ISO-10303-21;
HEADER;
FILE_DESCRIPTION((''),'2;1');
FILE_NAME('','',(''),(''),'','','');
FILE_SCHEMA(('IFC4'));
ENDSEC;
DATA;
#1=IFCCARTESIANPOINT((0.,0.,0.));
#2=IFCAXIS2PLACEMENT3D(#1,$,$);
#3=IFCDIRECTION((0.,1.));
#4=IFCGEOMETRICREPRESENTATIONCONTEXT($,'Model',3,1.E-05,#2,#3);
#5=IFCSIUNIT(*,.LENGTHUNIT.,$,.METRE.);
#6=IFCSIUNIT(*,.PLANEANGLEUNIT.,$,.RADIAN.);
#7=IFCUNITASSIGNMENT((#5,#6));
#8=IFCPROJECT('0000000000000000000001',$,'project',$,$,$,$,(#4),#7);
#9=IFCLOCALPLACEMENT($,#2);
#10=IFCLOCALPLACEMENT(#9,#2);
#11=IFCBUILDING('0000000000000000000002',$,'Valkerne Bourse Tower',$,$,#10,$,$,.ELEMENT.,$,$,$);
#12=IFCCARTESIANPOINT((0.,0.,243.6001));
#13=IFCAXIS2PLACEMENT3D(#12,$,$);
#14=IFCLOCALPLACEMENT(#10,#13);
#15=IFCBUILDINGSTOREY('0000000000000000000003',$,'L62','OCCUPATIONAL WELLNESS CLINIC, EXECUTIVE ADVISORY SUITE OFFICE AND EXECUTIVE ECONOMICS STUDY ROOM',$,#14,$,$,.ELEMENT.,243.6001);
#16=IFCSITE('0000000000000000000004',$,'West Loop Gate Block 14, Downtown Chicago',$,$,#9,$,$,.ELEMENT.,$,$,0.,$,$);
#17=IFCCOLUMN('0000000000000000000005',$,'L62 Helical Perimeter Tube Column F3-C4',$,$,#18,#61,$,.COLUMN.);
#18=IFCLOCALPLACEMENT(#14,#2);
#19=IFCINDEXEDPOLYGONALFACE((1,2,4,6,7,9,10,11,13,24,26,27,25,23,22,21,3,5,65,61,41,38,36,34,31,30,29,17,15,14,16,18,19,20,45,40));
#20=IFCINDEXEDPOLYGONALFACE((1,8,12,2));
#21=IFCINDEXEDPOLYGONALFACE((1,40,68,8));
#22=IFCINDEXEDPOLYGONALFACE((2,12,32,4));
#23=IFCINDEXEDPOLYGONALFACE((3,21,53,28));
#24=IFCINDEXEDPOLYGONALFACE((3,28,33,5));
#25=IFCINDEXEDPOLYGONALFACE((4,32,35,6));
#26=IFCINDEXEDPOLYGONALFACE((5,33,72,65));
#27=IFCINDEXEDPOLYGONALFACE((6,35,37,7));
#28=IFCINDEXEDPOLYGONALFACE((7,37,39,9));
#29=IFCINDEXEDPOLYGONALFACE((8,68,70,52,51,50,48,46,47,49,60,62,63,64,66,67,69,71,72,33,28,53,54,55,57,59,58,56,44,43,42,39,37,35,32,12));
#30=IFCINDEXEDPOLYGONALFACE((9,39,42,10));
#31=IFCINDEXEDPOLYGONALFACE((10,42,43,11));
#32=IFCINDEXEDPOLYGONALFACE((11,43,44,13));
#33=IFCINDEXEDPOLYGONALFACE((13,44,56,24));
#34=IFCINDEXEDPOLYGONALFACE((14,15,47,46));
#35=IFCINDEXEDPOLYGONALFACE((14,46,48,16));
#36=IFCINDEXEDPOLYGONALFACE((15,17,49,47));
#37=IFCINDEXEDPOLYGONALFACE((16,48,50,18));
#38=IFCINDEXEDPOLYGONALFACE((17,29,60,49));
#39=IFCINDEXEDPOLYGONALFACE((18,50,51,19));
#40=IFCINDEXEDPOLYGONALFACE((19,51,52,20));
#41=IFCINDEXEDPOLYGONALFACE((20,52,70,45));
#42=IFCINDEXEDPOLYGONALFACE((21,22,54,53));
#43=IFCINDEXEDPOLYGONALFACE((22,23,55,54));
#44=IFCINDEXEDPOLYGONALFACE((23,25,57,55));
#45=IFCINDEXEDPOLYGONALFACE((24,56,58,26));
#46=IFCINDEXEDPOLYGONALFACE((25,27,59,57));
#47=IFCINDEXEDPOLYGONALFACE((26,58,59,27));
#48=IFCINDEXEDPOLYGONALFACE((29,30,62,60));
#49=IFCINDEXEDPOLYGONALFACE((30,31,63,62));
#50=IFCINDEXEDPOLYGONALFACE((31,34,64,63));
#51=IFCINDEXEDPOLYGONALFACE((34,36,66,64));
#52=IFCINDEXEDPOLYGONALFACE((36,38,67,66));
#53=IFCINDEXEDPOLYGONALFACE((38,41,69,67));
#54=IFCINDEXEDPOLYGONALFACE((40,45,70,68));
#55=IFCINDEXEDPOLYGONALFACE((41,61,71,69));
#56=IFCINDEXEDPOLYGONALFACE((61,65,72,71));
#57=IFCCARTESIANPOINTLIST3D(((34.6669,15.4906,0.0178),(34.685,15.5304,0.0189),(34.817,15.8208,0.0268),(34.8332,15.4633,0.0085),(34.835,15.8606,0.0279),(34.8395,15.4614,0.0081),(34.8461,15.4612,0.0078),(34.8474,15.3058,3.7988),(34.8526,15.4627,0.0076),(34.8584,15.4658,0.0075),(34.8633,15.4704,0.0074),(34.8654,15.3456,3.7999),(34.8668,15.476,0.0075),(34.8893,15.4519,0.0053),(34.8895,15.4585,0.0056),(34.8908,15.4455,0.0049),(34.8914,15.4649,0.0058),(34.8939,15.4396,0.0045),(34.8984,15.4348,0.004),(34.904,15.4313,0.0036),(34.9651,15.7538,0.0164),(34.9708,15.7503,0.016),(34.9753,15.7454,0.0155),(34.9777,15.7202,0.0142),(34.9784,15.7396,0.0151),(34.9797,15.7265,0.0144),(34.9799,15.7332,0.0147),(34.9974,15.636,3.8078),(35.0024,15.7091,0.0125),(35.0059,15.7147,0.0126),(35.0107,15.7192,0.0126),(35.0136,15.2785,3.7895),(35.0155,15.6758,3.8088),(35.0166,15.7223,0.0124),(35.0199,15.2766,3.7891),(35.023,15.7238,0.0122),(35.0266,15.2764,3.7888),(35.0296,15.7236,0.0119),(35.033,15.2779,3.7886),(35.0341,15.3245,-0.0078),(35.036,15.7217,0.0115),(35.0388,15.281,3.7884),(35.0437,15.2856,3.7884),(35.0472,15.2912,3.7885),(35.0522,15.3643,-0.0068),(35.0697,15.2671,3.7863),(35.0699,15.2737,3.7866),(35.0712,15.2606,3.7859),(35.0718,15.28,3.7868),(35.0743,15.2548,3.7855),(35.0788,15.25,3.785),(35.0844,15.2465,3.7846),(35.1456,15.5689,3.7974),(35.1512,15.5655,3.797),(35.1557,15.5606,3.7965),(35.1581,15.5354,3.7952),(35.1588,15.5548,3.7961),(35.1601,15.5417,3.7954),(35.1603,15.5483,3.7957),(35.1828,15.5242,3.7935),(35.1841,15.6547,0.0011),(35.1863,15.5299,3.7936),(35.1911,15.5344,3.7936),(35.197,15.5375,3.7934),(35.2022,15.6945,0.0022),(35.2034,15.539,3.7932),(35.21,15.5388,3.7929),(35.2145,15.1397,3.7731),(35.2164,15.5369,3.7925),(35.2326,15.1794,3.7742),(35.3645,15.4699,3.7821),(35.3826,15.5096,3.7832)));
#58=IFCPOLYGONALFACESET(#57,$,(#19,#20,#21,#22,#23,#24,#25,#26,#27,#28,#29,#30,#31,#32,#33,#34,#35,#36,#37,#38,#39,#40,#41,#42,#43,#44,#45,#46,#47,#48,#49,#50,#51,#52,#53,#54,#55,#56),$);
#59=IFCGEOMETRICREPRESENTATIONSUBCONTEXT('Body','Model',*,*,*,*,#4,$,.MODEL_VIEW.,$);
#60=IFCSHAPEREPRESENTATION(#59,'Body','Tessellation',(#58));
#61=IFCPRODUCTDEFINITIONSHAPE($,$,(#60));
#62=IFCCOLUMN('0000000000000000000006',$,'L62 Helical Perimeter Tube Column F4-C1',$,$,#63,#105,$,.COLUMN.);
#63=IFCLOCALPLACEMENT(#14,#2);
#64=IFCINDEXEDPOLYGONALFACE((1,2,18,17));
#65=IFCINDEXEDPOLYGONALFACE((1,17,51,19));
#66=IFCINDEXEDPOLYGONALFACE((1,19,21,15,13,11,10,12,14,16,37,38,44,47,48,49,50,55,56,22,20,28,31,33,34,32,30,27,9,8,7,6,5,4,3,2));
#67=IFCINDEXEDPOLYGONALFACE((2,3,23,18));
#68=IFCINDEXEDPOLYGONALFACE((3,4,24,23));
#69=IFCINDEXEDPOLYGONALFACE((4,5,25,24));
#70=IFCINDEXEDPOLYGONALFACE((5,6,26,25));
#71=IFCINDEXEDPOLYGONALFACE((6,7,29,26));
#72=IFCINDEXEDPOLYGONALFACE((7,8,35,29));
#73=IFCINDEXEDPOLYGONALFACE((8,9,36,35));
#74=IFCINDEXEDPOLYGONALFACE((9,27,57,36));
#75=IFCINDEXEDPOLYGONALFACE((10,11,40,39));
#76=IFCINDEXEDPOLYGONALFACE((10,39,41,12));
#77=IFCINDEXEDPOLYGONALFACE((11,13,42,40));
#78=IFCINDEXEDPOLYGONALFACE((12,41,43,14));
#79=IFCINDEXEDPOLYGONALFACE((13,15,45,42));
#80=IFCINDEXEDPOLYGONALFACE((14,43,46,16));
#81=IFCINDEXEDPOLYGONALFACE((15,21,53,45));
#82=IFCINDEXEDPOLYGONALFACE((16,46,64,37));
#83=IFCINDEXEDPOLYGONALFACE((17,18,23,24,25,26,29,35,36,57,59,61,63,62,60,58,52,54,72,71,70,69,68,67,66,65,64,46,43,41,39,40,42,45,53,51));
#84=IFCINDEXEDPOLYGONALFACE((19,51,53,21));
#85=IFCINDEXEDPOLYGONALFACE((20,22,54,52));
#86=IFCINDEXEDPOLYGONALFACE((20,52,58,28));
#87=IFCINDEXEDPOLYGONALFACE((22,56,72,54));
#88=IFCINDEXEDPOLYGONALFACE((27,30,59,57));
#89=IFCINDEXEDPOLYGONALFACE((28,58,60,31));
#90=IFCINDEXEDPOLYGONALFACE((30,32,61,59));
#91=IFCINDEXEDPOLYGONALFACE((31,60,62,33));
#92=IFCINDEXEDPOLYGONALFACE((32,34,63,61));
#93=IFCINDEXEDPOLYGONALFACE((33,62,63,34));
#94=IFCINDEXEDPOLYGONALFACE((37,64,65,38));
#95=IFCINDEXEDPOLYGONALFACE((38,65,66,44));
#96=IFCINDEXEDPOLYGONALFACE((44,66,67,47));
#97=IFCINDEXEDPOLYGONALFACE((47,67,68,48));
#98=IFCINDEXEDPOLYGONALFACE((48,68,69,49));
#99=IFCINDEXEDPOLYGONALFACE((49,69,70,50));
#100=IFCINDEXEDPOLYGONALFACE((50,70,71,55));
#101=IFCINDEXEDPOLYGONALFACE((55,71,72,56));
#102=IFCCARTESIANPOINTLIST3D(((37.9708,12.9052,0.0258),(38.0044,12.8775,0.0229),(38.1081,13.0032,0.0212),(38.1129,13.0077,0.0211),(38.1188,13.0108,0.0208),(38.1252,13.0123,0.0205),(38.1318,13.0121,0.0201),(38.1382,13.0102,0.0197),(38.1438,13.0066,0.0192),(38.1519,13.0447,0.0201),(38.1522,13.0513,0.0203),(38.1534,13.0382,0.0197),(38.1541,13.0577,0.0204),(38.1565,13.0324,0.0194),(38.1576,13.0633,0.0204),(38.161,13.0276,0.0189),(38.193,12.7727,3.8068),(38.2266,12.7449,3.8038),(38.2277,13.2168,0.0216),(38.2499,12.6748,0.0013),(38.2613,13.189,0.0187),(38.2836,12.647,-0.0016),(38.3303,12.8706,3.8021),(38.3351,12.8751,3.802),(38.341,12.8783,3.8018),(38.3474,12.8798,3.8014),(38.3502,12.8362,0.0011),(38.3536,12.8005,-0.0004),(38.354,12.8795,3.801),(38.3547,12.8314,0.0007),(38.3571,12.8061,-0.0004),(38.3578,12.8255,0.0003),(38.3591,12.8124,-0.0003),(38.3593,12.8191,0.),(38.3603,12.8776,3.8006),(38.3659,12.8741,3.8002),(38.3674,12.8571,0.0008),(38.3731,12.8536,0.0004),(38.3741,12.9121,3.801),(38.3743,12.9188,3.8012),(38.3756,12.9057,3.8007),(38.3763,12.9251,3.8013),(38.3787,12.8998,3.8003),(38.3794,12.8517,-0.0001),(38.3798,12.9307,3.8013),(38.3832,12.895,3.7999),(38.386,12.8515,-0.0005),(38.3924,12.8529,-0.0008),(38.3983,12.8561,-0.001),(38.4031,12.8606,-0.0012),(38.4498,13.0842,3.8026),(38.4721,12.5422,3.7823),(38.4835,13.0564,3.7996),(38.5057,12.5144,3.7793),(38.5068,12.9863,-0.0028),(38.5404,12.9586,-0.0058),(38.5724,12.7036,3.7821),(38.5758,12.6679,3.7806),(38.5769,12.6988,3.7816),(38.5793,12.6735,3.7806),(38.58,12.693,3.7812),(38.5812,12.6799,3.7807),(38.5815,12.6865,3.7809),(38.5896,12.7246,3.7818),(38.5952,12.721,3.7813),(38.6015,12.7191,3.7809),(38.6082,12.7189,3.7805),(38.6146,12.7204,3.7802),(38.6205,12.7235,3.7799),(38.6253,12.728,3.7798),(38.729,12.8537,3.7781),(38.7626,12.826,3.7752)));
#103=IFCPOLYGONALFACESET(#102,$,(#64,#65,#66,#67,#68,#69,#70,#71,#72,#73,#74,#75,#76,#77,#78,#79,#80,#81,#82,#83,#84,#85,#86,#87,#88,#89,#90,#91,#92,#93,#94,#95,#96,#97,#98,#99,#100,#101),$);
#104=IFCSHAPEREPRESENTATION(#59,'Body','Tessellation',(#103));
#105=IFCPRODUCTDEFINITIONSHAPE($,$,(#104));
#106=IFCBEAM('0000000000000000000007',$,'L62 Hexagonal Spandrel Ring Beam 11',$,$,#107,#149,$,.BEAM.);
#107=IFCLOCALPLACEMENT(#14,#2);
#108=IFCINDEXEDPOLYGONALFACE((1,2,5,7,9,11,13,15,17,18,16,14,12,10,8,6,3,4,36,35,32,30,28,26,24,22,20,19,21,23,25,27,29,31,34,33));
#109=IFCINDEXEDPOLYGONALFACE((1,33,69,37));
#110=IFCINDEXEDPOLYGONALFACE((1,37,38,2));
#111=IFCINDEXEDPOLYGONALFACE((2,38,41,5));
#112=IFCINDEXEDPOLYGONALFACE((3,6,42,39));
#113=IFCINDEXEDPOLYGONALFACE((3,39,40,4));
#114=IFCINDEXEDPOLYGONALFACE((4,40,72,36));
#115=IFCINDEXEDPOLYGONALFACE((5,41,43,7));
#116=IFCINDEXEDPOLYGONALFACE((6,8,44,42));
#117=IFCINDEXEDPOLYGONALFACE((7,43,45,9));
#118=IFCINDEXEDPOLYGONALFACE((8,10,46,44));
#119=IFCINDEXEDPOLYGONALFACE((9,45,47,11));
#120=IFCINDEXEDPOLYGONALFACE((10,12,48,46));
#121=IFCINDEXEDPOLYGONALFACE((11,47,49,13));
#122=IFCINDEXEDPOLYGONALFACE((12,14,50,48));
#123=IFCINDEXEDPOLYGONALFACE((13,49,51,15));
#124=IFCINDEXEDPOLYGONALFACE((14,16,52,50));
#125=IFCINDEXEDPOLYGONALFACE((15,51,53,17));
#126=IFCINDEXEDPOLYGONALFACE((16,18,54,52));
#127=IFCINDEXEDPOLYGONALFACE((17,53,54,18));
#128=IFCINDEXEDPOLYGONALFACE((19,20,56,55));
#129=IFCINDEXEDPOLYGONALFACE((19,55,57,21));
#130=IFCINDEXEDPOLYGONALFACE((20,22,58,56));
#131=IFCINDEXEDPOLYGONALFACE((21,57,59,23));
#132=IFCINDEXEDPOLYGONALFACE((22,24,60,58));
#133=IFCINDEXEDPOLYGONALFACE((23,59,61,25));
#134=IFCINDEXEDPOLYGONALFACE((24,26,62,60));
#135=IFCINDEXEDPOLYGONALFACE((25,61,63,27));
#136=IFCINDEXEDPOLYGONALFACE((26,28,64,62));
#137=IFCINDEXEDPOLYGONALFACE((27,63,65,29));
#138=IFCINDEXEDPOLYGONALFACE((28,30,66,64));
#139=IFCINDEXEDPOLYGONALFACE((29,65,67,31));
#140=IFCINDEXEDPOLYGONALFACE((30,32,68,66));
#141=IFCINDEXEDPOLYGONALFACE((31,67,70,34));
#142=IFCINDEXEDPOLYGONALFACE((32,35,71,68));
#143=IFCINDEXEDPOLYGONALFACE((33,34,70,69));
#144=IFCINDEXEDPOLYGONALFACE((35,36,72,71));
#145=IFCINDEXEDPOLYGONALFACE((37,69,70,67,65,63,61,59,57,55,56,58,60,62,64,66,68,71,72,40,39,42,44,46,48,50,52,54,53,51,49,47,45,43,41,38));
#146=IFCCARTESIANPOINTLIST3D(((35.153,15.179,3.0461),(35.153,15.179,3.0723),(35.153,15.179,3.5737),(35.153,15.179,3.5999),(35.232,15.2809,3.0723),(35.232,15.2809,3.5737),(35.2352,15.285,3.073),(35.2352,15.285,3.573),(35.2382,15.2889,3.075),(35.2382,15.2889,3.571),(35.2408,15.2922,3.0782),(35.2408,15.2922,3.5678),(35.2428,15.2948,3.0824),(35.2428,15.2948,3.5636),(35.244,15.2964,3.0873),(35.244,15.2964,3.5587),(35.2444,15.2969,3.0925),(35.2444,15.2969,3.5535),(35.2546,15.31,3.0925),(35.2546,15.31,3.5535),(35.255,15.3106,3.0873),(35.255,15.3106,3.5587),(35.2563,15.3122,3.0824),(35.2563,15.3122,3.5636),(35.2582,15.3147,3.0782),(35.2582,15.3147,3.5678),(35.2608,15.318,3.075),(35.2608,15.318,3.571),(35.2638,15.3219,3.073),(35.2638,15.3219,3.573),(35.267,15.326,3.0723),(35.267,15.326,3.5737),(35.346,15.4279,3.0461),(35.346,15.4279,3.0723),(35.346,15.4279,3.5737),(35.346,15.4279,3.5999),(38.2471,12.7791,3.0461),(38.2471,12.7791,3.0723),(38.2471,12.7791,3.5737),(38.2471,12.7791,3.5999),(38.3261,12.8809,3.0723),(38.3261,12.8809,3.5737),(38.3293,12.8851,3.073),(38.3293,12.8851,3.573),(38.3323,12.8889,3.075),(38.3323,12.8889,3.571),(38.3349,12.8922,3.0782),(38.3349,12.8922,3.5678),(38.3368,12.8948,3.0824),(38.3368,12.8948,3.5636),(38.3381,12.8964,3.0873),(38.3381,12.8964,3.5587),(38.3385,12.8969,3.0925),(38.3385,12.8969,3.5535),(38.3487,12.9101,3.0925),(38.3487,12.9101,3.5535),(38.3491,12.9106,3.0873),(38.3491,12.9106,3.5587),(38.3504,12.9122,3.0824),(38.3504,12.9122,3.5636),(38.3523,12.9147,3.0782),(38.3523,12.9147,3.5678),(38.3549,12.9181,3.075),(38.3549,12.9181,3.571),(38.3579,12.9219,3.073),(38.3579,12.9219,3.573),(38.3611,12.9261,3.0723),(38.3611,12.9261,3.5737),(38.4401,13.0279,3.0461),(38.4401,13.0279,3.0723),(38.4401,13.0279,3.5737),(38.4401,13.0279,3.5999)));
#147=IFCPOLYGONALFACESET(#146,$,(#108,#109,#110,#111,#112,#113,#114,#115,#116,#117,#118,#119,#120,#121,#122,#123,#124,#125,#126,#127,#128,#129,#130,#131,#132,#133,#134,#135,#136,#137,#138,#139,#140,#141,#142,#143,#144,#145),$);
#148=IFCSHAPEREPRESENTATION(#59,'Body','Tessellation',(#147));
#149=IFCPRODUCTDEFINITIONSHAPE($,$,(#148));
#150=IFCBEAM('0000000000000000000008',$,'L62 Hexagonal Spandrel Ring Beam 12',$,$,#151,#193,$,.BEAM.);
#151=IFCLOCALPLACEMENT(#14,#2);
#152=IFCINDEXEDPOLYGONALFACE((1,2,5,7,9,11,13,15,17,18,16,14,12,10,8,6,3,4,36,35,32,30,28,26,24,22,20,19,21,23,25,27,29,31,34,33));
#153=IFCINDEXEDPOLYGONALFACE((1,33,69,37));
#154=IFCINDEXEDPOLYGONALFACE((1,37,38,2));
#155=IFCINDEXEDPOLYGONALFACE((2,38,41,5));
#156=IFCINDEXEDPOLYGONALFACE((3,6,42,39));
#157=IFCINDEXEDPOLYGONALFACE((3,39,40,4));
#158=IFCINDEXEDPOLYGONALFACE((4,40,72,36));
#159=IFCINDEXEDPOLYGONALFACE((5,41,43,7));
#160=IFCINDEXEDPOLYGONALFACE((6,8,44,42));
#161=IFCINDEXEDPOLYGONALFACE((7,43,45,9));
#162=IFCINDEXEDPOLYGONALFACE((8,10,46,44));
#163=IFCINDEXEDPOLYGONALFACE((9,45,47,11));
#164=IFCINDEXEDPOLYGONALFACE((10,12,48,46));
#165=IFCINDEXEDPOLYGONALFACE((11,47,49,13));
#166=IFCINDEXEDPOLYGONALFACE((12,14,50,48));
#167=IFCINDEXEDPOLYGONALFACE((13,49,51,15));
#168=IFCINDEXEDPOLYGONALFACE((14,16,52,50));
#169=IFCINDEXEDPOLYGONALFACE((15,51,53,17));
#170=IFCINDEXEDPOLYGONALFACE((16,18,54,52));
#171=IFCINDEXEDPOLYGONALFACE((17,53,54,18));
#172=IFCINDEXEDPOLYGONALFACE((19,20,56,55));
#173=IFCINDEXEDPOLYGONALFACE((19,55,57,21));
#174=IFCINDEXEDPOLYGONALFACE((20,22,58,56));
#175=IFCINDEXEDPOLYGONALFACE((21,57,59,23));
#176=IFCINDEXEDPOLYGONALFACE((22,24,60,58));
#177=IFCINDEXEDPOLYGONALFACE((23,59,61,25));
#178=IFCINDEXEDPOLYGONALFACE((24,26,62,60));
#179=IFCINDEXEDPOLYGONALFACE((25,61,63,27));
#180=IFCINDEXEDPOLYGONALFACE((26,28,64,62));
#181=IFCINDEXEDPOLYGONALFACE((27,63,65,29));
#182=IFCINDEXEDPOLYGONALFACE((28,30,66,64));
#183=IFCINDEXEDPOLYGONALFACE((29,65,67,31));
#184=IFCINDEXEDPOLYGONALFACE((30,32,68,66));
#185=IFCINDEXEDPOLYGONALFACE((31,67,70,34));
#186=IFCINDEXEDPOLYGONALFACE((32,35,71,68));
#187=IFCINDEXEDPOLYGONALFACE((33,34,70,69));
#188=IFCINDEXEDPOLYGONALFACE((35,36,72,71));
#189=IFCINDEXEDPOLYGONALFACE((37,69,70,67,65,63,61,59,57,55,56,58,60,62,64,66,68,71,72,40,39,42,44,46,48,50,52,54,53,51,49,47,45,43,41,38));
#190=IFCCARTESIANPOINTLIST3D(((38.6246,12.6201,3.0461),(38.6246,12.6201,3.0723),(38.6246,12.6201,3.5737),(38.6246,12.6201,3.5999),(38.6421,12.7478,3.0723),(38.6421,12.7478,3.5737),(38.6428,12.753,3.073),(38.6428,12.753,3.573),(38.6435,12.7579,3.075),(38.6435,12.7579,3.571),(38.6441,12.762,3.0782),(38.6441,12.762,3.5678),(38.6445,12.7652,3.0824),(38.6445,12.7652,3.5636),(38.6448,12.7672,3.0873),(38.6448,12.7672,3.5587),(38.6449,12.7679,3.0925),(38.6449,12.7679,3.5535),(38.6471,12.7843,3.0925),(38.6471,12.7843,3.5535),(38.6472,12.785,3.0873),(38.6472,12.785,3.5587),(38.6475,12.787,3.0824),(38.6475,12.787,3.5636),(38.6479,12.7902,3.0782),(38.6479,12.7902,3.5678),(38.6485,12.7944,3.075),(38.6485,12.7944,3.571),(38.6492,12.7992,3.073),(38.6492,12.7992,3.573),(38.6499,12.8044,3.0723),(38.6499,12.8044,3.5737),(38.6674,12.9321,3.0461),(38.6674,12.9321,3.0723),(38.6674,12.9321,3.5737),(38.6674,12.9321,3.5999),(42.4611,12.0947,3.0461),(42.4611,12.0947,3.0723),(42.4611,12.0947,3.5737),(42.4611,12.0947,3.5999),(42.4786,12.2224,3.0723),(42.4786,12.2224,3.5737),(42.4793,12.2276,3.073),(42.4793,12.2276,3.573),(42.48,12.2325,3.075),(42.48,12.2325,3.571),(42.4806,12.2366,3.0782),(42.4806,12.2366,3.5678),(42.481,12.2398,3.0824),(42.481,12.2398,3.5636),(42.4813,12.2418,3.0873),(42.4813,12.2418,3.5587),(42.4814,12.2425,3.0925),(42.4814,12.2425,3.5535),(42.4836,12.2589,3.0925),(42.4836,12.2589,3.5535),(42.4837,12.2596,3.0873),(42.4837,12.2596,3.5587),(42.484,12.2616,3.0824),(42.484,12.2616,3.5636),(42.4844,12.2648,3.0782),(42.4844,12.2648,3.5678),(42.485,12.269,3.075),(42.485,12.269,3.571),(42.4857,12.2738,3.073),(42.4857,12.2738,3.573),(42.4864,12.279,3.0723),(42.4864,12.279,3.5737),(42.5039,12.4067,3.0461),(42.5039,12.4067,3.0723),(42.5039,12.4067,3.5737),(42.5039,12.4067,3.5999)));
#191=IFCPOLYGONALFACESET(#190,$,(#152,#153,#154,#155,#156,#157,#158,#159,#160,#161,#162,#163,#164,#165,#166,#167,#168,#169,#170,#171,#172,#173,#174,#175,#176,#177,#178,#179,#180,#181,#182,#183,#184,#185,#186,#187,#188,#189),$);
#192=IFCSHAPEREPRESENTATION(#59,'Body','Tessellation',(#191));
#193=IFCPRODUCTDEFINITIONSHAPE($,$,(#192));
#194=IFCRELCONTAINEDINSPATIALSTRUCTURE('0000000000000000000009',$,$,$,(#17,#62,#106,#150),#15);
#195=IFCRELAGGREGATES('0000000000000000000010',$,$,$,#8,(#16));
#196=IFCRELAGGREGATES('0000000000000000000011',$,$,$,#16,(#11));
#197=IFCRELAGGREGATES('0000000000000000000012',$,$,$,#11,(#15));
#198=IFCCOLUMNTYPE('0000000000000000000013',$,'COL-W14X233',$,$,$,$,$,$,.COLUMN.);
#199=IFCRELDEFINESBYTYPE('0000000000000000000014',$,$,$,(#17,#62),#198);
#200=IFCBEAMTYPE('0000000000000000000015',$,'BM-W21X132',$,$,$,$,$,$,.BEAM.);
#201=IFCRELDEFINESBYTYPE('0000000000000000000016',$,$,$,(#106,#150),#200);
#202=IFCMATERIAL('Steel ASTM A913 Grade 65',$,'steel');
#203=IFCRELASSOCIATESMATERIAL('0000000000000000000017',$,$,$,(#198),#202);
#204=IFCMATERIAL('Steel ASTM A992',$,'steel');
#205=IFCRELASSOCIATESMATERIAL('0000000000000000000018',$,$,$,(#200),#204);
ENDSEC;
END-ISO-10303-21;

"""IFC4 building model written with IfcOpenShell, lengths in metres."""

from ifc_helpers import new_model, si_unit, direction, frame, origin, origin_2d, place, context, subcontext, project, spatial, i_section, extrude, material, material_profile, profile_set, type_object, element, save


model = new_model("IFC4")

# Units and contexts
model_context = context("Model", 3, precision=1e-05, world=origin(), true_north=direction((0.0, 1.0)))
body_context = subcontext(model_context, "Body", "Model", "MODEL_VIEW")
ifc_project = project(units=[si_unit("LENGTHUNIT", "METRE"), si_unit("PLANEANGLEUNIT", "RADIAN")], contexts=[model_context])

# Site, building, storey
site_placement = place(None, origin())
site = spatial("IfcSite", under=ifc_project, at=site_placement, Name="West Loop Gate Block 14, Downtown Chicago", CompositionType="ELEMENT", RefElevation=0.0)
building_placement = place(site_placement, origin())
building = spatial("IfcBuilding", under=site, at=building_placement, Name="Valkerne Bourse Tower", CompositionType="ELEMENT")
storey_placement = place(building_placement, frame((0.0, 0.0, 243.6001)))
storey = spatial("IfcBuildingStorey", under=building, at=storey_placement, Name="L62", Description="OCCUPATIONAL WELLNESS CLINIC, EXECUTIVE ADVISORY SUITE OFFICE AND EXECUTIVE ECONOMICS STUDY ROOM", CompositionType="ELEMENT", Elevation=243.6001)

# Columns
ifc_material_1 = material(Name="Steel ASTM A913 Grade 65", Category="steel")
ifc_material_profile_1 = material_profile(ifc_material_1, i_section(OverallWidth=0.4038, OverallDepth=0.4065, WebThickness=0.0271, FlangeThickness=0.0437, FilletRadius=0.0254, at=origin_2d()), Name="W14X233")
ifc_profile_set_1 = profile_set([ifc_material_profile_1], Name="Steel ASTM A913 Grade 65")
column_type = type_object("IfcColumnType", Name="COL-W14X233", PredefinedType="COLUMN", material=ifc_profile_set_1)
for number, where, z_axis, x_axis, name in (
    (1, (34.9346, 15.5925, 0.01), (0.047606, -0.048766, 0.997675), (0.909247, -0.411385, -0.063495), "L62 Helical Perimeter Tube Column F3-C4"),
    (2, (38.2556, 12.9319, 0.01), (0.058622, -0.03498, 0.997667), (0.636107, 0.771531, -0.010326), "L62 Helical Perimeter Tube Column F4-C1"),
):
    element("IfcColumn", number, at=place(storey_placement, frame(where, z_axis=z_axis, x_axis=x_axis)), inside=storey, type_object=column_type, Name=name, PredefinedType="COLUMN", context=body_context, shape_type="SweptSolid", body=[
        extrude(i_section(OverallWidth=0.4038, OverallDepth=0.4065, WebThickness=0.0271, FlangeThickness=0.0437, FilletRadius=0.0254, at=origin_2d()), origin(), (0.0, 0.0, 1.0), 3.7898),
    ])

# Beams
ifc_material_2 = material(Name="Steel ASTM A992", Category="steel")
ifc_material_profile_2 = material_profile(ifc_material_2, i_section(OverallWidth=0.3149, OverallDepth=0.5537, WebThickness=0.0166, FlangeThickness=0.0261, FilletRadius=0.0203, at=origin_2d()), Name="W21X132")
ifc_profile_set_2 = profile_set([ifc_material_profile_2], Name="Steel ASTM A992")
beam_type_1 = type_object("IfcBeamType", Name="BM-W21X132", PredefinedType="BEAM", material=ifc_profile_set_2)
beam_1_placement = place(storey_placement, frame((35.2495, 15.3035, 3.323), z_axis=(0.790161, -0.6129, 0.0), x_axis=(0.6129, 0.790161, 0.0)))
element("IfcBeam", 3, at=beam_1_placement, inside=storey, type_object=beam_type_1, Name="L62 Hexagonal Spandrel Ring Beam 11", PredefinedType="BEAM", context=body_context, shape_type="SweptSolid", body=[
    extrude(i_section(OverallWidth=0.3149, OverallDepth=0.5537, WebThickness=0.0166, FlangeThickness=0.0261, FilletRadius=0.0203, at=origin_2d()), origin(), (0.0, 0.0, 1.0), 3.9158),
])
beam_2_placement = place(storey_placement, frame((38.646, 12.7761, 3.323), z_axis=(0.990753, -0.135682, 0.0), x_axis=(0.135682, 0.990753, 0.0)))
element("IfcBeam", 4, at=beam_2_placement, inside=storey, type_object=beam_type_1, Name="L62 Hexagonal Spandrel Ring Beam 12", PredefinedType="BEAM", context=body_context, shape_type="SweptSolid", body=[
    extrude(i_section(OverallWidth=0.3149, OverallDepth=0.5537, WebThickness=0.0166, FlangeThickness=0.0261, FilletRadius=0.0203, at=origin_2d()), origin(), (0.0, 0.0, 1.0), 3.8723),
])

save(model, "model.ifc")
